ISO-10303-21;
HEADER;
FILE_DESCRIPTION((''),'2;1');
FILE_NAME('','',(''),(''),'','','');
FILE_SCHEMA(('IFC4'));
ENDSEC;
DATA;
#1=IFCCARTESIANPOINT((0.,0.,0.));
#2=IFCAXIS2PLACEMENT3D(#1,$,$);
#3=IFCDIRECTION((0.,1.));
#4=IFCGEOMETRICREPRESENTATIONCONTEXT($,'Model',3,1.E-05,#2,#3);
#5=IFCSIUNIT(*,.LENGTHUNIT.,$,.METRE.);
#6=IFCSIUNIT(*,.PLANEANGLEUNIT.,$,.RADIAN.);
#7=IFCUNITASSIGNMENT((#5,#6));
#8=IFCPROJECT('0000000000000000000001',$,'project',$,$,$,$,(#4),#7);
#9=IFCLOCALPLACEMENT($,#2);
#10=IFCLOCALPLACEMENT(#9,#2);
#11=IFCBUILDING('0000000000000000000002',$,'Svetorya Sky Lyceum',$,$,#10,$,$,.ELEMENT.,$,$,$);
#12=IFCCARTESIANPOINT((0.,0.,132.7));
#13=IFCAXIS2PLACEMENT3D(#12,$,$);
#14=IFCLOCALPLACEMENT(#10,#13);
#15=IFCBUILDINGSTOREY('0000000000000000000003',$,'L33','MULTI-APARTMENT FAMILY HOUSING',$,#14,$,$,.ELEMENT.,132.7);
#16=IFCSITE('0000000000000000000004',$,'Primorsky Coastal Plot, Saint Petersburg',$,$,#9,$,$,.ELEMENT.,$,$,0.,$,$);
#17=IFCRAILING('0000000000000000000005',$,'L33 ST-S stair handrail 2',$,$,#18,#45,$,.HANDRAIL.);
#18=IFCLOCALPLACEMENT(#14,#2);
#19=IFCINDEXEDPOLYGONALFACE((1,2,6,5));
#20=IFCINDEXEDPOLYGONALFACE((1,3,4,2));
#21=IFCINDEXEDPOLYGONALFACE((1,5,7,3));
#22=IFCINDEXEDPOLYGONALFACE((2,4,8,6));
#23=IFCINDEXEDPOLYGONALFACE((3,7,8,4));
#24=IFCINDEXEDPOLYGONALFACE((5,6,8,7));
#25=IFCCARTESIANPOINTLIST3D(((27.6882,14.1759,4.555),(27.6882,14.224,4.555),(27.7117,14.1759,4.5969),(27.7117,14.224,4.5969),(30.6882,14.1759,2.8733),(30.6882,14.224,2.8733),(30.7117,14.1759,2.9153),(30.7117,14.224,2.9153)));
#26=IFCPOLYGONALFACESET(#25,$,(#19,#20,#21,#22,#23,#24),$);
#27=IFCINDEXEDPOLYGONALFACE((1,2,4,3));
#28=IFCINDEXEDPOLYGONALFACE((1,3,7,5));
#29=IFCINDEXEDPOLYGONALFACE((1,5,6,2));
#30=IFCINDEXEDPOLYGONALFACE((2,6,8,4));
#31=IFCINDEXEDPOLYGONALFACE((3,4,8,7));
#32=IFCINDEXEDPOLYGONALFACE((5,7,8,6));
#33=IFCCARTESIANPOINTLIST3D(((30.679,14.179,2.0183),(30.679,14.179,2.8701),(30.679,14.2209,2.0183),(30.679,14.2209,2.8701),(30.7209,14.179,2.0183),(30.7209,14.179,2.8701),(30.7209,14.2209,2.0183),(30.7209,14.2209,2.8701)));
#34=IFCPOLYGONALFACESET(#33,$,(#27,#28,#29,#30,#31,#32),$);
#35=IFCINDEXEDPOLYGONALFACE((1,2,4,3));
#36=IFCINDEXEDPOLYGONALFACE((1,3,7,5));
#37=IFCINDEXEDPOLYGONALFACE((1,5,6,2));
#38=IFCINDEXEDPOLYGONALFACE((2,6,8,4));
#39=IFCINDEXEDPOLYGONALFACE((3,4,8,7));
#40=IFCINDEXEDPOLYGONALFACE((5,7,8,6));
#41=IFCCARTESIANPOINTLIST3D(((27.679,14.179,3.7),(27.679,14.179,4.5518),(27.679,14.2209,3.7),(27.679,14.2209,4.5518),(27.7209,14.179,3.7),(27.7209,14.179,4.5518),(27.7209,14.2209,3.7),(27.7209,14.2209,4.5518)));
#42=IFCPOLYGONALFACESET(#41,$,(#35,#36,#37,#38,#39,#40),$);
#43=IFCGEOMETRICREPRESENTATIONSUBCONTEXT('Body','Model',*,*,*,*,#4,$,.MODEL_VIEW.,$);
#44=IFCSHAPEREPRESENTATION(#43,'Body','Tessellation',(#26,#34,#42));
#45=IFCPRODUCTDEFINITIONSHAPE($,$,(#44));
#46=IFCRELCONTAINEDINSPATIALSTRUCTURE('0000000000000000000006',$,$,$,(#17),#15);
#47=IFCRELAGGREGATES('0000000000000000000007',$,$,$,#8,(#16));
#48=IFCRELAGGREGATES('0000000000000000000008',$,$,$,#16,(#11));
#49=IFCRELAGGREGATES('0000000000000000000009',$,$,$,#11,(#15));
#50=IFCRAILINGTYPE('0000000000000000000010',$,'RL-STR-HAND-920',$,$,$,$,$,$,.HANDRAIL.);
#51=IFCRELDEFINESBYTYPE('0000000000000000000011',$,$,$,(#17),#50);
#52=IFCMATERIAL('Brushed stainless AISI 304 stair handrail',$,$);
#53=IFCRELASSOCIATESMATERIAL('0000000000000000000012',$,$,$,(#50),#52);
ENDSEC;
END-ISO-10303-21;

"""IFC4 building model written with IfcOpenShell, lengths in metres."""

from ifc_helpers import new_model, si_unit, direction, frame, origin, origin_2d, place, context, subcontext, project, spatial, rectangle, extrude, material, type_object, element, save


model = new_model("IFC4")

# Units and contexts
model_context = context("Model", 3, precision=1e-05, world=origin(), true_north=direction((0.0, 1.0)))
body_context = subcontext(model_context, "Body", "Model", "MODEL_VIEW")
ifc_project = project(units=[si_unit("LENGTHUNIT", "METRE"), si_unit("PLANEANGLEUNIT", "RADIAN")], contexts=[model_context])

# Site, building, storey
site_placement = place(None, origin())
site = spatial("IfcSite", under=ifc_project, at=site_placement, Name="Primorsky Coastal Plot, Saint Petersburg", CompositionType="ELEMENT", RefElevation=0.0)
building_placement = place(site_placement, origin())
building = spatial("IfcBuilding", under=site, at=building_placement, Name="Svetorya Sky Lyceum", CompositionType="ELEMENT")
storey_placement = place(building_placement, frame((0.0, 0.0, 132.7)))
storey = spatial("IfcBuildingStorey", under=building, at=storey_placement, Name="L33", Description="MULTI-APARTMENT FAMILY HOUSING", CompositionType="ELEMENT", Elevation=132.7)

# Railing
ifc_material_1 = material(Name="Brushed stainless AISI 304 stair handrail")
railing_type_1 = type_object("IfcRailingType", Name="RL-STR-HAND-920", PredefinedType="HANDRAIL", material=ifc_material_1)
railing_1_placement = place(storey_placement, frame((30.7, 14.2, 2.0183)))
element("IfcRailing", 1, at=railing_1_placement, inside=storey, type_object=railing_type_1, Name="L33 ST-S stair handrail 2", PredefinedType="HANDRAIL", context=body_context, shape_type="SweptSolid", body=[
    extrude(rectangle(XDim=0.0481, YDim=0.0481, at=origin_2d()), frame((0.0, 0.0, 0.876), z_axis=(-0.872303, 0.0, 0.488966), x_axis=(0.0, -1.0, 0.0)), (0.0, 0.0, 1.0), 3.4392),
    extrude(rectangle(XDim=0.042, YDim=0.042, at=origin_2d()), origin(), (0.0, 0.0, 1.0), 0.8518),
    extrude(rectangle(XDim=0.042, YDim=0.042, at=origin_2d()), frame((-3.0, 0.0, 1.6816)), (0.0, 0.0, 1.0), 0.8518),
])

save(model, "model.ifc")
